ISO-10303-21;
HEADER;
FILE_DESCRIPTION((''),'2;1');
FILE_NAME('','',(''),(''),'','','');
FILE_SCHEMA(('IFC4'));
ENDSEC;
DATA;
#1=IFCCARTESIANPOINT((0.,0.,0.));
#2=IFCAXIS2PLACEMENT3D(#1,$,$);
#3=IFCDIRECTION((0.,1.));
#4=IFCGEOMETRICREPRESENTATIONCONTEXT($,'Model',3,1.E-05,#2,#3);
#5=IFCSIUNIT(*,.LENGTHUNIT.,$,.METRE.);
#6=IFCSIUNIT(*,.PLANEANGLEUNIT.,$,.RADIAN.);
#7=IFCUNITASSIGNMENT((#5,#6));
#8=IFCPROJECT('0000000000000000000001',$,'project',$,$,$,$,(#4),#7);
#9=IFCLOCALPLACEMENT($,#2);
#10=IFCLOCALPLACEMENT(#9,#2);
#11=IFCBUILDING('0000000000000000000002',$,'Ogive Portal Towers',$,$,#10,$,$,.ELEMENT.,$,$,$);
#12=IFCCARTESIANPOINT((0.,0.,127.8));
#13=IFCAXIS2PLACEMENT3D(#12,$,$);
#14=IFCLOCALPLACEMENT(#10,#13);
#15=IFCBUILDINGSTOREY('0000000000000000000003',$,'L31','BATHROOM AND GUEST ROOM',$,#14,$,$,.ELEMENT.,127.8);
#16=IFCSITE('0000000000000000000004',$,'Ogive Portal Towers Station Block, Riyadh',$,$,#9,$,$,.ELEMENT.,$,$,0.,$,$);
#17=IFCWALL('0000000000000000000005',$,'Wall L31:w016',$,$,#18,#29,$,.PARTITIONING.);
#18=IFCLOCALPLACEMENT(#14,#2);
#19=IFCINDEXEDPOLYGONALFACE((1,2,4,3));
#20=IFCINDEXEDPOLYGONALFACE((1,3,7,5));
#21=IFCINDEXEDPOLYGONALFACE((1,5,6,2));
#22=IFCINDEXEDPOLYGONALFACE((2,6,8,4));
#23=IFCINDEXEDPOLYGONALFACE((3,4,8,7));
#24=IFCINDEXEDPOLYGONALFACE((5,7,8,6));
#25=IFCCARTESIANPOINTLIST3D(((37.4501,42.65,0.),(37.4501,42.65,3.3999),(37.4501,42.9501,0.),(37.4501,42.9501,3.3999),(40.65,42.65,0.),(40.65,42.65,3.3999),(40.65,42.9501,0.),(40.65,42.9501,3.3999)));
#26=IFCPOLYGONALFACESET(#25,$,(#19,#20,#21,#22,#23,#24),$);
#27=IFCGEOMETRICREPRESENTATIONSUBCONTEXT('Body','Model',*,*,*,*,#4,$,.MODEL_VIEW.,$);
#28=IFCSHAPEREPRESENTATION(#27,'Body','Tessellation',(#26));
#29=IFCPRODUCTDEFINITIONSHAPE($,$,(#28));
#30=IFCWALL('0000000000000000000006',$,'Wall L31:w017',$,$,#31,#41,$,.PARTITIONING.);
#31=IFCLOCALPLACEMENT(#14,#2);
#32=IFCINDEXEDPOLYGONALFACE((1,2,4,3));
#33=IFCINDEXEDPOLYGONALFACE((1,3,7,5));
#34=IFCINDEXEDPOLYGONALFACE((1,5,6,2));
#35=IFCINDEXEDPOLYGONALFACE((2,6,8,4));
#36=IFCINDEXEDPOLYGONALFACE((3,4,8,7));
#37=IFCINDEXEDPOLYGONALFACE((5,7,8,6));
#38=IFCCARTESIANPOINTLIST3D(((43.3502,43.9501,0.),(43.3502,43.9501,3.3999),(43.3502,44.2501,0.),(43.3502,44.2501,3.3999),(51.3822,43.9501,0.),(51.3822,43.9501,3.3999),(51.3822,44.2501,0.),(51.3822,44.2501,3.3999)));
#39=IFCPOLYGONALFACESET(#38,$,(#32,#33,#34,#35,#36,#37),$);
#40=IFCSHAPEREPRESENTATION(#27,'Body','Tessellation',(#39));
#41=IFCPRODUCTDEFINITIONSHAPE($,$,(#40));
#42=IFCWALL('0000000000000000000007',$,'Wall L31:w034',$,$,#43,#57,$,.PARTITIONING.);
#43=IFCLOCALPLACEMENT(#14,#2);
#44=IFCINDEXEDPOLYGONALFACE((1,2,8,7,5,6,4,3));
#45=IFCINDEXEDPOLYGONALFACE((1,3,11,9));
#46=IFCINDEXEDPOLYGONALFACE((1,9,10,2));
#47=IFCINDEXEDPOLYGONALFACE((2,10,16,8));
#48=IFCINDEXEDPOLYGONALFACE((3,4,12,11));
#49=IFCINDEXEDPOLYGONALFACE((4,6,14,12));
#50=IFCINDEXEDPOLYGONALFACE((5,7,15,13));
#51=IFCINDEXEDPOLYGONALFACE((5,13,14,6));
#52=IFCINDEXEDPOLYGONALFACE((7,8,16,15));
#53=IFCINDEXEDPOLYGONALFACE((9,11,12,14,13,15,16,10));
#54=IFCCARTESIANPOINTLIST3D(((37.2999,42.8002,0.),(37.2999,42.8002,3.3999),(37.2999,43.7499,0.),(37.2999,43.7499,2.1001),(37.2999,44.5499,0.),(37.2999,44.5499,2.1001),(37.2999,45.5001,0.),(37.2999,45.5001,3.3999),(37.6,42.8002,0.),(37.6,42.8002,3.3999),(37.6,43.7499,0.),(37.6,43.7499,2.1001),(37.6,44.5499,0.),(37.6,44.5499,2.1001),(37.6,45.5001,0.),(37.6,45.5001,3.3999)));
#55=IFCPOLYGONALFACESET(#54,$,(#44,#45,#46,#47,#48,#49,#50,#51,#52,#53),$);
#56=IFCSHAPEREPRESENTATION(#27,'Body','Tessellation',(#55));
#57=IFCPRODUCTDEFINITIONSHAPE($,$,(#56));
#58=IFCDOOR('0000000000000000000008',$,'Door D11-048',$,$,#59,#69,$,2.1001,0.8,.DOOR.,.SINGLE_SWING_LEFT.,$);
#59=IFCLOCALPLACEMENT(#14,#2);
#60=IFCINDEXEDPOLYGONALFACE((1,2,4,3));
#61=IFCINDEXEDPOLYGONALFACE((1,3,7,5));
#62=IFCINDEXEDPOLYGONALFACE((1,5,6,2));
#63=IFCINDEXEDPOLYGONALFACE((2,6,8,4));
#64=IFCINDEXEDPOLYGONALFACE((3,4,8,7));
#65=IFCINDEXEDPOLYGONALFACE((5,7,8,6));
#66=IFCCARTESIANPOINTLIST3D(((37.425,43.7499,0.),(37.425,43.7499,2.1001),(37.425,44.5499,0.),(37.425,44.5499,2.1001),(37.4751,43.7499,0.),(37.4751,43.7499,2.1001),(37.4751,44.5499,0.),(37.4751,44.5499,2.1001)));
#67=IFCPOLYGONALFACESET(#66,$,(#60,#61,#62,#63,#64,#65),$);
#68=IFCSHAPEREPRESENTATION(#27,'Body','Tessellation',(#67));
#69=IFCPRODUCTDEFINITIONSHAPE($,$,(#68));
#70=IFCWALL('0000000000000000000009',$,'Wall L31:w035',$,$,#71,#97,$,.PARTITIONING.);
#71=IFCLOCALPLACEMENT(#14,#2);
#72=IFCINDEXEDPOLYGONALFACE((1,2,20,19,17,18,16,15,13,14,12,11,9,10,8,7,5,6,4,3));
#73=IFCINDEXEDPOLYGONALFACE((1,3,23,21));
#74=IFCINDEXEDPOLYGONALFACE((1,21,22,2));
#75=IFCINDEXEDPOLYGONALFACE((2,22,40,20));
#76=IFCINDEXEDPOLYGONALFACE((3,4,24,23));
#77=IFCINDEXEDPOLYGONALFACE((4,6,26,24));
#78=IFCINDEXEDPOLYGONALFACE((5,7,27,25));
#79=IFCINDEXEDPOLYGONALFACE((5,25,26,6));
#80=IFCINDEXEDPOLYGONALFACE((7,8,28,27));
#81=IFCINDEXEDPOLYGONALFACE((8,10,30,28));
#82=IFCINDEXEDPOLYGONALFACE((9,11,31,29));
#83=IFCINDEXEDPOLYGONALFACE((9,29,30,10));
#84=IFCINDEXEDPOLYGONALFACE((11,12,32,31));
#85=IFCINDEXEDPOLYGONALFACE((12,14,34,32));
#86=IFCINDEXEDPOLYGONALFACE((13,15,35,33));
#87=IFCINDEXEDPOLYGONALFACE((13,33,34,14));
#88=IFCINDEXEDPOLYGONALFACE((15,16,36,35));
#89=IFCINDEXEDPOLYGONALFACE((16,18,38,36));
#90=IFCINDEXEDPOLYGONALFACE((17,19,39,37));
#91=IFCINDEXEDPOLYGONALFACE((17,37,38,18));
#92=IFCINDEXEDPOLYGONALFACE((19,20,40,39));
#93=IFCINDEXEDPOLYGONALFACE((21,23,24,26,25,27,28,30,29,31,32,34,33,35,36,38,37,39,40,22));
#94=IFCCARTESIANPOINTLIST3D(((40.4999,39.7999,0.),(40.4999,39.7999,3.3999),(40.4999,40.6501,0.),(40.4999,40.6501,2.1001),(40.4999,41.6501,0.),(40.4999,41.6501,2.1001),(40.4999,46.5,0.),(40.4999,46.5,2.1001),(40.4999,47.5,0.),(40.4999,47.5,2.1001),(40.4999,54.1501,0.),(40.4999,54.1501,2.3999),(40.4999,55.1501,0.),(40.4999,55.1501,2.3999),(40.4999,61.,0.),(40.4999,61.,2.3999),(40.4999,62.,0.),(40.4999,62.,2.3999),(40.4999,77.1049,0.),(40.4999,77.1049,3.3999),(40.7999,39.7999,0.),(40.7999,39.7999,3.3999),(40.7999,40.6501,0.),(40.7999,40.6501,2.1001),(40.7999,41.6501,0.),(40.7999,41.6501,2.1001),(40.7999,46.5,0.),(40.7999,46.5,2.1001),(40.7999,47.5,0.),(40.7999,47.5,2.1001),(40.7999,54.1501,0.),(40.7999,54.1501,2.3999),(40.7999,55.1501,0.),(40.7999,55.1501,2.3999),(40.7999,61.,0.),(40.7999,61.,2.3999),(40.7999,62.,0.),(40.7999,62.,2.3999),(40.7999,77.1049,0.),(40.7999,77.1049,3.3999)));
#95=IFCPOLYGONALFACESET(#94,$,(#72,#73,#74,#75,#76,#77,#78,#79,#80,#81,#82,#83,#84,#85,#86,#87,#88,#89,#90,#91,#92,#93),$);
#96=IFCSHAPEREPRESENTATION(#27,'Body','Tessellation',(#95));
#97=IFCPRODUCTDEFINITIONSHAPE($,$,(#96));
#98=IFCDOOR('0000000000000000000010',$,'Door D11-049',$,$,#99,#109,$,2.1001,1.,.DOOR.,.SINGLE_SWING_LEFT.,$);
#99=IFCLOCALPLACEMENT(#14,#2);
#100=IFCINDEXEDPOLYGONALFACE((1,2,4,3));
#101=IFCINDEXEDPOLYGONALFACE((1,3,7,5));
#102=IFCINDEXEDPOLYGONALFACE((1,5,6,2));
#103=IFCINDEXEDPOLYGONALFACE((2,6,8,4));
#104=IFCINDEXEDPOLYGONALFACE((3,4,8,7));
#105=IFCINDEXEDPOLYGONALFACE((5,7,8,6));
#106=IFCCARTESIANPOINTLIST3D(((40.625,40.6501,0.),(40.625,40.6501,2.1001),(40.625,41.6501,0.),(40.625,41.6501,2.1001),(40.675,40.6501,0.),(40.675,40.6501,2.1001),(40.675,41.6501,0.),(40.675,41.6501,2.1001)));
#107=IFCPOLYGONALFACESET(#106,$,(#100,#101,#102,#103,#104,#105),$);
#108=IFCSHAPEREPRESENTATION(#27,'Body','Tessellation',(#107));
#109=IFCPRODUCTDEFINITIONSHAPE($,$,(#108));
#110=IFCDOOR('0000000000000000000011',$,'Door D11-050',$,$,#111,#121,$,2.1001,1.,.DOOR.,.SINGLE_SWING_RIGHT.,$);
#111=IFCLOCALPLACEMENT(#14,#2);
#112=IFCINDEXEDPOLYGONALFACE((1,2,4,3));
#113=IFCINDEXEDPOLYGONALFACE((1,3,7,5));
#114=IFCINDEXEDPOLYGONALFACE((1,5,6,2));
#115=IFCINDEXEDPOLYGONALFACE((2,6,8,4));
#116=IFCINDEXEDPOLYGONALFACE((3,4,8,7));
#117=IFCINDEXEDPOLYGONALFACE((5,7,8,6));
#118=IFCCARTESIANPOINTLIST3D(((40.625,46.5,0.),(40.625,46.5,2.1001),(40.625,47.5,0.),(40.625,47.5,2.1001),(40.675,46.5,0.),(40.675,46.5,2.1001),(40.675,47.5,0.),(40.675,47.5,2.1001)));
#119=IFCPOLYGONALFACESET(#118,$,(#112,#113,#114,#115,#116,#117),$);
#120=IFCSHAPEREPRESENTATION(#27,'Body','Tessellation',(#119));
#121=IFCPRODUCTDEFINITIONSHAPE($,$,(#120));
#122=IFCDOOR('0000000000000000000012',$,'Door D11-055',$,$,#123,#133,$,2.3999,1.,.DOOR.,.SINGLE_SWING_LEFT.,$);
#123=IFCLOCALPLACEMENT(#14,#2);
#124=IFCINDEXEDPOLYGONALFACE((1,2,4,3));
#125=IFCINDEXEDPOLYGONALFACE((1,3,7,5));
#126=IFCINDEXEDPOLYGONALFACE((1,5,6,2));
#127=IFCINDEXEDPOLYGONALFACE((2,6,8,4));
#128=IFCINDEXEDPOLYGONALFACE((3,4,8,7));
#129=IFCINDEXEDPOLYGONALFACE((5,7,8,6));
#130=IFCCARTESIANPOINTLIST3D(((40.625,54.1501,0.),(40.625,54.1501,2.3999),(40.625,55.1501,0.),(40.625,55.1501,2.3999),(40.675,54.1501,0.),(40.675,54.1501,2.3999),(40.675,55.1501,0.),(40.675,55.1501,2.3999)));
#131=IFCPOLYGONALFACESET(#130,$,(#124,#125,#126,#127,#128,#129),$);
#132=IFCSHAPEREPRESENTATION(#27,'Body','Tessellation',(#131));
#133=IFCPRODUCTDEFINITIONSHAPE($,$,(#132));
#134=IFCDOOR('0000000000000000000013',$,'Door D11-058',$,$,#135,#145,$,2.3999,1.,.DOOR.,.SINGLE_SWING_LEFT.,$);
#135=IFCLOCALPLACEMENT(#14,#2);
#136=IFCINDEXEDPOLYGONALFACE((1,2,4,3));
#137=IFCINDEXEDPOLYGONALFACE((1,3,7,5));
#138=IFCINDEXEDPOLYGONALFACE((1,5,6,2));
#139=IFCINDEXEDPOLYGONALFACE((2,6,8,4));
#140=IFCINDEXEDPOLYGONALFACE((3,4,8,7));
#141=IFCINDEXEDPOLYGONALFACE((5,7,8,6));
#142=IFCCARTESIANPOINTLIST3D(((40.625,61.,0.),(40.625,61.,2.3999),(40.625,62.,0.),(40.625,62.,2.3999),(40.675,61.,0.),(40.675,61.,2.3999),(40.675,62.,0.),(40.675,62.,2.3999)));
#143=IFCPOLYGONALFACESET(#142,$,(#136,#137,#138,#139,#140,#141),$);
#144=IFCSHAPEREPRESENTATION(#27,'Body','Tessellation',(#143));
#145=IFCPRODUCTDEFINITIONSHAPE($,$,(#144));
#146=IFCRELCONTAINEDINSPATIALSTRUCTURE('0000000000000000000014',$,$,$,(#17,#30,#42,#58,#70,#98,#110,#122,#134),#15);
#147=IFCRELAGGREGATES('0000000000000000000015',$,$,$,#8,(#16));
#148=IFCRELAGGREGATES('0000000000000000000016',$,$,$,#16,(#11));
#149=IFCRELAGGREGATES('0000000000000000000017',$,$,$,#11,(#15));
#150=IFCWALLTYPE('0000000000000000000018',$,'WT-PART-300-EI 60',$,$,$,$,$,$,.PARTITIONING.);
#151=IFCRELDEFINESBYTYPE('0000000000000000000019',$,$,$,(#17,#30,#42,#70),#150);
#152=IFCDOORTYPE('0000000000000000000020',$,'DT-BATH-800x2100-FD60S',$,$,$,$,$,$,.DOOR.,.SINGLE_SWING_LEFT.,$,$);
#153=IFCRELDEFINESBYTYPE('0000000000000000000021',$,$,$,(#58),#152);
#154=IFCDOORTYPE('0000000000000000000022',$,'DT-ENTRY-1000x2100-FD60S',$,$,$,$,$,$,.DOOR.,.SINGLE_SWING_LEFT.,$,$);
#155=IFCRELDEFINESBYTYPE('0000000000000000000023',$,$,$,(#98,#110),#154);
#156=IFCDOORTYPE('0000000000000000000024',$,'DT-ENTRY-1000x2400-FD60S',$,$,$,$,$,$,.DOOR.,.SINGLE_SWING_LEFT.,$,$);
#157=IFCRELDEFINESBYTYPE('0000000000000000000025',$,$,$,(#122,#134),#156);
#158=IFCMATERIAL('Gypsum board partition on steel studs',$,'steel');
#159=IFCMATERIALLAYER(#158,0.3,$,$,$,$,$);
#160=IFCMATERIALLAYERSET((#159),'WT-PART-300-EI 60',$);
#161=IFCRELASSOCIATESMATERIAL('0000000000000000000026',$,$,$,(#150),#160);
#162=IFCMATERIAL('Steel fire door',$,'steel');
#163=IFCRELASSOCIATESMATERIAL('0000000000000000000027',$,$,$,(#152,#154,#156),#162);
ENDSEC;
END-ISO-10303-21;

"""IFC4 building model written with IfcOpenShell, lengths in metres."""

from ifc_helpers import new_model, si_unit, direction, frame, frame_2d, origin, place, context, subcontext, project, spatial, rectangle, extrude, material, layer, layer_set, type_object, element, fill, save


model = new_model("IFC4")

# Units and contexts
model_context = context("Model", 3, precision=1e-05, world=origin(), true_north=direction((0.0, 1.0)))
body_context = subcontext(model_context, "Body", "Model", "MODEL_VIEW")
ifc_project = project(units=[si_unit("LENGTHUNIT", "METRE"), si_unit("PLANEANGLEUNIT", "RADIAN")], contexts=[model_context])

# Site, building, storey
site_placement = place(None, origin())
site = spatial("IfcSite", under=ifc_project, at=site_placement, Name="Ogive Portal Towers Station Block, Riyadh", CompositionType="ELEMENT", RefElevation=0.0)
building_placement = place(site_placement, origin())
building = spatial("IfcBuilding", under=site, at=building_placement, Name="Ogive Portal Towers", CompositionType="ELEMENT")
storey_placement = place(building_placement, frame((0.0, 0.0, 127.8)))
storey = spatial("IfcBuildingStorey", under=building, at=storey_placement, Name="L31", Description="BATHROOM AND GUEST ROOM", CompositionType="ELEMENT", Elevation=127.8)

# Walls
ifc_material_1 = material(Name="Gypsum board partition on steel studs", Category="steel")
ifc_layer_1 = layer(ifc_material_1, 0.3)
ifc_layer_set_1 = layer_set([ifc_layer_1], Name="WT-PART-300-EI 60")
wall_type_1 = type_object("IfcWallType", Name="WT-PART-300-EI 60", PredefinedType="PARTITIONING", material=ifc_layer_set_1)
wall_1_placement = place(storey_placement, frame((37.45, 42.8, 0.0), z_axis=(0.0, 0.0, 1.0), x_axis=(1.0, 0.0, 0.0)))
element("IfcWall", 1, at=wall_1_placement, inside=storey, type_object=wall_type_1, Name="Wall L31:w016", PredefinedType="PARTITIONING", context=body_context, shape_type="SweptSolid", body=[
    extrude(rectangle(XDim=3.2, YDim=0.3, at=frame_2d((1.6001, 0.0))), origin(), (0.0, 0.0, 1.0), 3.3999),
])
wall_2_placement = place(storey_placement, frame((43.3501, 44.1001, 0.0), z_axis=(0.0, 0.0, 1.0), x_axis=(1.0, 0.0, 0.0)))
element("IfcWall", 2, at=wall_2_placement, inside=storey, type_object=wall_type_1, Name="Wall L31:w017", PredefinedType="PARTITIONING", context=body_context, shape_type="SweptSolid", body=[
    extrude(rectangle(XDim=8.032, YDim=0.3, at=frame_2d((4.0161, 0.0))), origin(), (0.0, 0.0, 1.0), 3.3999),
])

# Wall, opening, door
wall_3_placement = place(storey_placement, frame((37.45, 42.8, 0.0), z_axis=(0.0, 0.0, 1.0), x_axis=(0.0, 1.0, 0.0)))
wall_3 = element("IfcWall", 3, at=wall_3_placement, inside=storey, type_object=wall_type_1, Name="Wall L31:w034", PredefinedType="PARTITIONING", context=body_context, shape_type="SweptSolid", body=[
    extrude(rectangle(XDim=2.7, YDim=0.3, at=frame_2d((1.3501, 0.0))), origin(), (0.0, 0.0, 1.0), 3.3999),
])
opening_1_placement = place(wall_3_placement, frame((0.95, 0.0, 0.0)))
opening_1 = element("IfcOpeningElement", 4, at=opening_1_placement, cuts=wall_3, PredefinedType="OPENING", context=body_context, shape_type="SweptSolid", body=[
    extrude(rectangle(XDim=0.8, YDim=2.1001, at=frame_2d((0.3999, 1.05))), frame((0.0, 0.1602, 0.0), z_axis=(0.0, -1.0, 0.0), x_axis=(1.0, 0.0, 0.0)), (0.0, 0.0, 1.0), 0.3201),
])
ifc_material_2 = material(Name="Steel fire door", Category="steel")
door_type_1 = type_object("IfcDoorType", Name="DT-BATH-800x2100-FD60S", OperationType="SINGLE_SWING_LEFT", PredefinedType="DOOR", material=ifc_material_2)
door_1_placement = place(opening_1_placement, origin())
door_1 = element("IfcDoor", 5, at=door_1_placement, inside=storey, type_object=door_type_1, Name="Door D11-048", OperationType="SINGLE_SWING_LEFT", OverallHeight=2.1001, OverallWidth=0.8, PredefinedType="DOOR", context=body_context, shape_type="SweptSolid", body=[
    extrude(rectangle(XDim=0.8, YDim=2.1001, at=frame_2d((0.3999, 1.05))), frame((0.0, 0.0249, 0.0), z_axis=(0.0, -1.0, 0.0), x_axis=(1.0, 0.0, 0.0)), (0.0, 0.0, 1.0), 0.05),
])
fill(opening_1, door_1)

# Wall, openings, doors
wall_4_placement = place(storey_placement, frame((40.6499, 39.8, 0.0), z_axis=(0.0, 0.0, 1.0), x_axis=(0.0, 1.0, 0.0)))
wall_4 = element("IfcWall", 6, at=wall_4_placement, inside=storey, type_object=wall_type_1, Name="Wall L31:w035", PredefinedType="PARTITIONING", context=body_context, shape_type="SweptSolid", body=[
    extrude(rectangle(XDim=37.3049, YDim=0.3, at=frame_2d((18.6523, 0.0))), origin(), (0.0, 0.0, 1.0), 3.3999),
])
opening_2_placement = place(wall_4_placement, frame((0.8501, 0.0, 0.0)))
opening_2 = element("IfcOpeningElement", 7, at=opening_2_placement, cuts=wall_4, PredefinedType="OPENING", context=body_context, shape_type="SweptSolid", body=[
    extrude(rectangle(XDim=1.0, YDim=2.1001, at=frame_2d((0.5, 1.05))), frame((0.0, 0.1602, 0.0), z_axis=(0.0, -1.0, 0.0), x_axis=(1.0, 0.0, 0.0)), (0.0, 0.0, 1.0), 0.3201),
])
opening_3_placement = place(wall_4_placement, frame((6.7, 0.0, 0.0)))
opening_3 = element("IfcOpeningElement", 8, at=opening_3_placement, cuts=wall_4, PredefinedType="OPENING", context=body_context, shape_type="SweptSolid", body=[
    extrude(rectangle(XDim=1.0, YDim=2.1001, at=frame_2d((0.5, 1.05))), frame((0.0, 0.1602, 0.0), z_axis=(0.0, -1.0, 0.0), x_axis=(1.0, 0.0, 0.0)), (0.0, 0.0, 1.0), 0.3201),
])
opening_4_placement = place(wall_4_placement, frame((14.3501, 0.0, 0.0)))
opening_4 = element("IfcOpeningElement", 9, at=opening_4_placement, cuts=wall_4, PredefinedType="OPENING", context=body_context, shape_type="SweptSolid", body=[
    extrude(rectangle(XDim=1.0, YDim=2.3999, at=frame_2d((0.5, 1.2))), frame((0.0, 0.1602, 0.0), z_axis=(0.0, -1.0, 0.0), x_axis=(1.0, 0.0, 0.0)), (0.0, 0.0, 1.0), 0.3201),
])
opening_5_placement = place(wall_4_placement, frame((21.2, 0.0, 0.0)))
opening_5 = element("IfcOpeningElement", 10, at=opening_5_placement, cuts=wall_4, PredefinedType="OPENING", context=body_context, shape_type="SweptSolid", body=[
    extrude(rectangle(XDim=1.0, YDim=2.3999, at=frame_2d((0.5, 1.2))), frame((0.0, 0.1602, 0.0), z_axis=(0.0, -1.0, 0.0), x_axis=(1.0, 0.0, 0.0)), (0.0, 0.0, 1.0), 0.3201),
])
door_type_2 = type_object("IfcDoorType", Name="DT-ENTRY-1000x2100-FD60S", OperationType="SINGLE_SWING_LEFT", PredefinedType="DOOR", material=ifc_material_2)
door_2_placement = place(opening_2_placement, origin())
door_2 = element("IfcDoor", 11, at=door_2_placement, inside=storey, type_object=door_type_2, Name="Door D11-049", OperationType="SINGLE_SWING_LEFT", OverallHeight=2.1001, OverallWidth=1.0, PredefinedType="DOOR", context=body_context, shape_type="SweptSolid", body=[
    extrude(rectangle(XDim=1.0, YDim=2.1001, at=frame_2d((0.5, 1.05))), frame((0.0, 0.0249, 0.0), z_axis=(0.0, -1.0, 0.0), x_axis=(1.0, 0.0, 0.0)), (0.0, 0.0, 1.0), 0.05),
])
fill(opening_2, door_2)
door_3_placement = place(opening_3_placement, origin())
door_3 = element("IfcDoor", 12, at=door_3_placement, inside=storey, type_object=door_type_2, Name="Door D11-050", OperationType="SINGLE_SWING_RIGHT", OverallHeight=2.1001, OverallWidth=1.0, PredefinedType="DOOR", context=body_context, shape_type="SweptSolid", body=[
    extrude(rectangle(XDim=1.0, YDim=2.1001, at=frame_2d((0.5, 1.05))), frame((0.0, 0.0249, 0.0), z_axis=(0.0, -1.0, 0.0), x_axis=(1.0, 0.0, 0.0)), (0.0, 0.0, 1.0), 0.05),
])
fill(opening_3, door_3)
door_type_3 = type_object("IfcDoorType", Name="DT-ENTRY-1000x2400-FD60S", OperationType="SINGLE_SWING_LEFT", PredefinedType="DOOR", material=ifc_material_2)
door_4_placement = place(opening_4_placement, origin())
door_4 = element("IfcDoor", 13, at=door_4_placement, inside=storey, type_object=door_type_3, Name="Door D11-055", OperationType="SINGLE_SWING_LEFT", OverallHeight=2.3999, OverallWidth=1.0, PredefinedType="DOOR", context=body_context, shape_type="SweptSolid", body=[
    extrude(rectangle(XDim=1.0, YDim=2.3999, at=frame_2d((0.5, 1.2))), frame((0.0, 0.0249, 0.0), z_axis=(0.0, -1.0, 0.0), x_axis=(1.0, 0.0, 0.0)), (0.0, 0.0, 1.0), 0.05),
])
fill(opening_4, door_4)
door_5_placement = place(opening_5_placement, origin())
door_5 = element("IfcDoor", 14, at=door_5_placement, inside=storey, type_object=door_type_3, Name="Door D11-058", OperationType="SINGLE_SWING_LEFT", OverallHeight=2.3999, OverallWidth=1.0, PredefinedType="DOOR", context=body_context, shape_type="SweptSolid", body=[
    extrude(rectangle(XDim=1.0, YDim=2.3999, at=frame_2d((0.5, 1.2))), frame((0.0, 0.0249, 0.0), z_axis=(0.0, -1.0, 0.0), x_axis=(1.0, 0.0, 0.0)), (0.0, 0.0, 1.0), 0.05),
])
fill(opening_5, door_5)

save(model, "model.ifc")
